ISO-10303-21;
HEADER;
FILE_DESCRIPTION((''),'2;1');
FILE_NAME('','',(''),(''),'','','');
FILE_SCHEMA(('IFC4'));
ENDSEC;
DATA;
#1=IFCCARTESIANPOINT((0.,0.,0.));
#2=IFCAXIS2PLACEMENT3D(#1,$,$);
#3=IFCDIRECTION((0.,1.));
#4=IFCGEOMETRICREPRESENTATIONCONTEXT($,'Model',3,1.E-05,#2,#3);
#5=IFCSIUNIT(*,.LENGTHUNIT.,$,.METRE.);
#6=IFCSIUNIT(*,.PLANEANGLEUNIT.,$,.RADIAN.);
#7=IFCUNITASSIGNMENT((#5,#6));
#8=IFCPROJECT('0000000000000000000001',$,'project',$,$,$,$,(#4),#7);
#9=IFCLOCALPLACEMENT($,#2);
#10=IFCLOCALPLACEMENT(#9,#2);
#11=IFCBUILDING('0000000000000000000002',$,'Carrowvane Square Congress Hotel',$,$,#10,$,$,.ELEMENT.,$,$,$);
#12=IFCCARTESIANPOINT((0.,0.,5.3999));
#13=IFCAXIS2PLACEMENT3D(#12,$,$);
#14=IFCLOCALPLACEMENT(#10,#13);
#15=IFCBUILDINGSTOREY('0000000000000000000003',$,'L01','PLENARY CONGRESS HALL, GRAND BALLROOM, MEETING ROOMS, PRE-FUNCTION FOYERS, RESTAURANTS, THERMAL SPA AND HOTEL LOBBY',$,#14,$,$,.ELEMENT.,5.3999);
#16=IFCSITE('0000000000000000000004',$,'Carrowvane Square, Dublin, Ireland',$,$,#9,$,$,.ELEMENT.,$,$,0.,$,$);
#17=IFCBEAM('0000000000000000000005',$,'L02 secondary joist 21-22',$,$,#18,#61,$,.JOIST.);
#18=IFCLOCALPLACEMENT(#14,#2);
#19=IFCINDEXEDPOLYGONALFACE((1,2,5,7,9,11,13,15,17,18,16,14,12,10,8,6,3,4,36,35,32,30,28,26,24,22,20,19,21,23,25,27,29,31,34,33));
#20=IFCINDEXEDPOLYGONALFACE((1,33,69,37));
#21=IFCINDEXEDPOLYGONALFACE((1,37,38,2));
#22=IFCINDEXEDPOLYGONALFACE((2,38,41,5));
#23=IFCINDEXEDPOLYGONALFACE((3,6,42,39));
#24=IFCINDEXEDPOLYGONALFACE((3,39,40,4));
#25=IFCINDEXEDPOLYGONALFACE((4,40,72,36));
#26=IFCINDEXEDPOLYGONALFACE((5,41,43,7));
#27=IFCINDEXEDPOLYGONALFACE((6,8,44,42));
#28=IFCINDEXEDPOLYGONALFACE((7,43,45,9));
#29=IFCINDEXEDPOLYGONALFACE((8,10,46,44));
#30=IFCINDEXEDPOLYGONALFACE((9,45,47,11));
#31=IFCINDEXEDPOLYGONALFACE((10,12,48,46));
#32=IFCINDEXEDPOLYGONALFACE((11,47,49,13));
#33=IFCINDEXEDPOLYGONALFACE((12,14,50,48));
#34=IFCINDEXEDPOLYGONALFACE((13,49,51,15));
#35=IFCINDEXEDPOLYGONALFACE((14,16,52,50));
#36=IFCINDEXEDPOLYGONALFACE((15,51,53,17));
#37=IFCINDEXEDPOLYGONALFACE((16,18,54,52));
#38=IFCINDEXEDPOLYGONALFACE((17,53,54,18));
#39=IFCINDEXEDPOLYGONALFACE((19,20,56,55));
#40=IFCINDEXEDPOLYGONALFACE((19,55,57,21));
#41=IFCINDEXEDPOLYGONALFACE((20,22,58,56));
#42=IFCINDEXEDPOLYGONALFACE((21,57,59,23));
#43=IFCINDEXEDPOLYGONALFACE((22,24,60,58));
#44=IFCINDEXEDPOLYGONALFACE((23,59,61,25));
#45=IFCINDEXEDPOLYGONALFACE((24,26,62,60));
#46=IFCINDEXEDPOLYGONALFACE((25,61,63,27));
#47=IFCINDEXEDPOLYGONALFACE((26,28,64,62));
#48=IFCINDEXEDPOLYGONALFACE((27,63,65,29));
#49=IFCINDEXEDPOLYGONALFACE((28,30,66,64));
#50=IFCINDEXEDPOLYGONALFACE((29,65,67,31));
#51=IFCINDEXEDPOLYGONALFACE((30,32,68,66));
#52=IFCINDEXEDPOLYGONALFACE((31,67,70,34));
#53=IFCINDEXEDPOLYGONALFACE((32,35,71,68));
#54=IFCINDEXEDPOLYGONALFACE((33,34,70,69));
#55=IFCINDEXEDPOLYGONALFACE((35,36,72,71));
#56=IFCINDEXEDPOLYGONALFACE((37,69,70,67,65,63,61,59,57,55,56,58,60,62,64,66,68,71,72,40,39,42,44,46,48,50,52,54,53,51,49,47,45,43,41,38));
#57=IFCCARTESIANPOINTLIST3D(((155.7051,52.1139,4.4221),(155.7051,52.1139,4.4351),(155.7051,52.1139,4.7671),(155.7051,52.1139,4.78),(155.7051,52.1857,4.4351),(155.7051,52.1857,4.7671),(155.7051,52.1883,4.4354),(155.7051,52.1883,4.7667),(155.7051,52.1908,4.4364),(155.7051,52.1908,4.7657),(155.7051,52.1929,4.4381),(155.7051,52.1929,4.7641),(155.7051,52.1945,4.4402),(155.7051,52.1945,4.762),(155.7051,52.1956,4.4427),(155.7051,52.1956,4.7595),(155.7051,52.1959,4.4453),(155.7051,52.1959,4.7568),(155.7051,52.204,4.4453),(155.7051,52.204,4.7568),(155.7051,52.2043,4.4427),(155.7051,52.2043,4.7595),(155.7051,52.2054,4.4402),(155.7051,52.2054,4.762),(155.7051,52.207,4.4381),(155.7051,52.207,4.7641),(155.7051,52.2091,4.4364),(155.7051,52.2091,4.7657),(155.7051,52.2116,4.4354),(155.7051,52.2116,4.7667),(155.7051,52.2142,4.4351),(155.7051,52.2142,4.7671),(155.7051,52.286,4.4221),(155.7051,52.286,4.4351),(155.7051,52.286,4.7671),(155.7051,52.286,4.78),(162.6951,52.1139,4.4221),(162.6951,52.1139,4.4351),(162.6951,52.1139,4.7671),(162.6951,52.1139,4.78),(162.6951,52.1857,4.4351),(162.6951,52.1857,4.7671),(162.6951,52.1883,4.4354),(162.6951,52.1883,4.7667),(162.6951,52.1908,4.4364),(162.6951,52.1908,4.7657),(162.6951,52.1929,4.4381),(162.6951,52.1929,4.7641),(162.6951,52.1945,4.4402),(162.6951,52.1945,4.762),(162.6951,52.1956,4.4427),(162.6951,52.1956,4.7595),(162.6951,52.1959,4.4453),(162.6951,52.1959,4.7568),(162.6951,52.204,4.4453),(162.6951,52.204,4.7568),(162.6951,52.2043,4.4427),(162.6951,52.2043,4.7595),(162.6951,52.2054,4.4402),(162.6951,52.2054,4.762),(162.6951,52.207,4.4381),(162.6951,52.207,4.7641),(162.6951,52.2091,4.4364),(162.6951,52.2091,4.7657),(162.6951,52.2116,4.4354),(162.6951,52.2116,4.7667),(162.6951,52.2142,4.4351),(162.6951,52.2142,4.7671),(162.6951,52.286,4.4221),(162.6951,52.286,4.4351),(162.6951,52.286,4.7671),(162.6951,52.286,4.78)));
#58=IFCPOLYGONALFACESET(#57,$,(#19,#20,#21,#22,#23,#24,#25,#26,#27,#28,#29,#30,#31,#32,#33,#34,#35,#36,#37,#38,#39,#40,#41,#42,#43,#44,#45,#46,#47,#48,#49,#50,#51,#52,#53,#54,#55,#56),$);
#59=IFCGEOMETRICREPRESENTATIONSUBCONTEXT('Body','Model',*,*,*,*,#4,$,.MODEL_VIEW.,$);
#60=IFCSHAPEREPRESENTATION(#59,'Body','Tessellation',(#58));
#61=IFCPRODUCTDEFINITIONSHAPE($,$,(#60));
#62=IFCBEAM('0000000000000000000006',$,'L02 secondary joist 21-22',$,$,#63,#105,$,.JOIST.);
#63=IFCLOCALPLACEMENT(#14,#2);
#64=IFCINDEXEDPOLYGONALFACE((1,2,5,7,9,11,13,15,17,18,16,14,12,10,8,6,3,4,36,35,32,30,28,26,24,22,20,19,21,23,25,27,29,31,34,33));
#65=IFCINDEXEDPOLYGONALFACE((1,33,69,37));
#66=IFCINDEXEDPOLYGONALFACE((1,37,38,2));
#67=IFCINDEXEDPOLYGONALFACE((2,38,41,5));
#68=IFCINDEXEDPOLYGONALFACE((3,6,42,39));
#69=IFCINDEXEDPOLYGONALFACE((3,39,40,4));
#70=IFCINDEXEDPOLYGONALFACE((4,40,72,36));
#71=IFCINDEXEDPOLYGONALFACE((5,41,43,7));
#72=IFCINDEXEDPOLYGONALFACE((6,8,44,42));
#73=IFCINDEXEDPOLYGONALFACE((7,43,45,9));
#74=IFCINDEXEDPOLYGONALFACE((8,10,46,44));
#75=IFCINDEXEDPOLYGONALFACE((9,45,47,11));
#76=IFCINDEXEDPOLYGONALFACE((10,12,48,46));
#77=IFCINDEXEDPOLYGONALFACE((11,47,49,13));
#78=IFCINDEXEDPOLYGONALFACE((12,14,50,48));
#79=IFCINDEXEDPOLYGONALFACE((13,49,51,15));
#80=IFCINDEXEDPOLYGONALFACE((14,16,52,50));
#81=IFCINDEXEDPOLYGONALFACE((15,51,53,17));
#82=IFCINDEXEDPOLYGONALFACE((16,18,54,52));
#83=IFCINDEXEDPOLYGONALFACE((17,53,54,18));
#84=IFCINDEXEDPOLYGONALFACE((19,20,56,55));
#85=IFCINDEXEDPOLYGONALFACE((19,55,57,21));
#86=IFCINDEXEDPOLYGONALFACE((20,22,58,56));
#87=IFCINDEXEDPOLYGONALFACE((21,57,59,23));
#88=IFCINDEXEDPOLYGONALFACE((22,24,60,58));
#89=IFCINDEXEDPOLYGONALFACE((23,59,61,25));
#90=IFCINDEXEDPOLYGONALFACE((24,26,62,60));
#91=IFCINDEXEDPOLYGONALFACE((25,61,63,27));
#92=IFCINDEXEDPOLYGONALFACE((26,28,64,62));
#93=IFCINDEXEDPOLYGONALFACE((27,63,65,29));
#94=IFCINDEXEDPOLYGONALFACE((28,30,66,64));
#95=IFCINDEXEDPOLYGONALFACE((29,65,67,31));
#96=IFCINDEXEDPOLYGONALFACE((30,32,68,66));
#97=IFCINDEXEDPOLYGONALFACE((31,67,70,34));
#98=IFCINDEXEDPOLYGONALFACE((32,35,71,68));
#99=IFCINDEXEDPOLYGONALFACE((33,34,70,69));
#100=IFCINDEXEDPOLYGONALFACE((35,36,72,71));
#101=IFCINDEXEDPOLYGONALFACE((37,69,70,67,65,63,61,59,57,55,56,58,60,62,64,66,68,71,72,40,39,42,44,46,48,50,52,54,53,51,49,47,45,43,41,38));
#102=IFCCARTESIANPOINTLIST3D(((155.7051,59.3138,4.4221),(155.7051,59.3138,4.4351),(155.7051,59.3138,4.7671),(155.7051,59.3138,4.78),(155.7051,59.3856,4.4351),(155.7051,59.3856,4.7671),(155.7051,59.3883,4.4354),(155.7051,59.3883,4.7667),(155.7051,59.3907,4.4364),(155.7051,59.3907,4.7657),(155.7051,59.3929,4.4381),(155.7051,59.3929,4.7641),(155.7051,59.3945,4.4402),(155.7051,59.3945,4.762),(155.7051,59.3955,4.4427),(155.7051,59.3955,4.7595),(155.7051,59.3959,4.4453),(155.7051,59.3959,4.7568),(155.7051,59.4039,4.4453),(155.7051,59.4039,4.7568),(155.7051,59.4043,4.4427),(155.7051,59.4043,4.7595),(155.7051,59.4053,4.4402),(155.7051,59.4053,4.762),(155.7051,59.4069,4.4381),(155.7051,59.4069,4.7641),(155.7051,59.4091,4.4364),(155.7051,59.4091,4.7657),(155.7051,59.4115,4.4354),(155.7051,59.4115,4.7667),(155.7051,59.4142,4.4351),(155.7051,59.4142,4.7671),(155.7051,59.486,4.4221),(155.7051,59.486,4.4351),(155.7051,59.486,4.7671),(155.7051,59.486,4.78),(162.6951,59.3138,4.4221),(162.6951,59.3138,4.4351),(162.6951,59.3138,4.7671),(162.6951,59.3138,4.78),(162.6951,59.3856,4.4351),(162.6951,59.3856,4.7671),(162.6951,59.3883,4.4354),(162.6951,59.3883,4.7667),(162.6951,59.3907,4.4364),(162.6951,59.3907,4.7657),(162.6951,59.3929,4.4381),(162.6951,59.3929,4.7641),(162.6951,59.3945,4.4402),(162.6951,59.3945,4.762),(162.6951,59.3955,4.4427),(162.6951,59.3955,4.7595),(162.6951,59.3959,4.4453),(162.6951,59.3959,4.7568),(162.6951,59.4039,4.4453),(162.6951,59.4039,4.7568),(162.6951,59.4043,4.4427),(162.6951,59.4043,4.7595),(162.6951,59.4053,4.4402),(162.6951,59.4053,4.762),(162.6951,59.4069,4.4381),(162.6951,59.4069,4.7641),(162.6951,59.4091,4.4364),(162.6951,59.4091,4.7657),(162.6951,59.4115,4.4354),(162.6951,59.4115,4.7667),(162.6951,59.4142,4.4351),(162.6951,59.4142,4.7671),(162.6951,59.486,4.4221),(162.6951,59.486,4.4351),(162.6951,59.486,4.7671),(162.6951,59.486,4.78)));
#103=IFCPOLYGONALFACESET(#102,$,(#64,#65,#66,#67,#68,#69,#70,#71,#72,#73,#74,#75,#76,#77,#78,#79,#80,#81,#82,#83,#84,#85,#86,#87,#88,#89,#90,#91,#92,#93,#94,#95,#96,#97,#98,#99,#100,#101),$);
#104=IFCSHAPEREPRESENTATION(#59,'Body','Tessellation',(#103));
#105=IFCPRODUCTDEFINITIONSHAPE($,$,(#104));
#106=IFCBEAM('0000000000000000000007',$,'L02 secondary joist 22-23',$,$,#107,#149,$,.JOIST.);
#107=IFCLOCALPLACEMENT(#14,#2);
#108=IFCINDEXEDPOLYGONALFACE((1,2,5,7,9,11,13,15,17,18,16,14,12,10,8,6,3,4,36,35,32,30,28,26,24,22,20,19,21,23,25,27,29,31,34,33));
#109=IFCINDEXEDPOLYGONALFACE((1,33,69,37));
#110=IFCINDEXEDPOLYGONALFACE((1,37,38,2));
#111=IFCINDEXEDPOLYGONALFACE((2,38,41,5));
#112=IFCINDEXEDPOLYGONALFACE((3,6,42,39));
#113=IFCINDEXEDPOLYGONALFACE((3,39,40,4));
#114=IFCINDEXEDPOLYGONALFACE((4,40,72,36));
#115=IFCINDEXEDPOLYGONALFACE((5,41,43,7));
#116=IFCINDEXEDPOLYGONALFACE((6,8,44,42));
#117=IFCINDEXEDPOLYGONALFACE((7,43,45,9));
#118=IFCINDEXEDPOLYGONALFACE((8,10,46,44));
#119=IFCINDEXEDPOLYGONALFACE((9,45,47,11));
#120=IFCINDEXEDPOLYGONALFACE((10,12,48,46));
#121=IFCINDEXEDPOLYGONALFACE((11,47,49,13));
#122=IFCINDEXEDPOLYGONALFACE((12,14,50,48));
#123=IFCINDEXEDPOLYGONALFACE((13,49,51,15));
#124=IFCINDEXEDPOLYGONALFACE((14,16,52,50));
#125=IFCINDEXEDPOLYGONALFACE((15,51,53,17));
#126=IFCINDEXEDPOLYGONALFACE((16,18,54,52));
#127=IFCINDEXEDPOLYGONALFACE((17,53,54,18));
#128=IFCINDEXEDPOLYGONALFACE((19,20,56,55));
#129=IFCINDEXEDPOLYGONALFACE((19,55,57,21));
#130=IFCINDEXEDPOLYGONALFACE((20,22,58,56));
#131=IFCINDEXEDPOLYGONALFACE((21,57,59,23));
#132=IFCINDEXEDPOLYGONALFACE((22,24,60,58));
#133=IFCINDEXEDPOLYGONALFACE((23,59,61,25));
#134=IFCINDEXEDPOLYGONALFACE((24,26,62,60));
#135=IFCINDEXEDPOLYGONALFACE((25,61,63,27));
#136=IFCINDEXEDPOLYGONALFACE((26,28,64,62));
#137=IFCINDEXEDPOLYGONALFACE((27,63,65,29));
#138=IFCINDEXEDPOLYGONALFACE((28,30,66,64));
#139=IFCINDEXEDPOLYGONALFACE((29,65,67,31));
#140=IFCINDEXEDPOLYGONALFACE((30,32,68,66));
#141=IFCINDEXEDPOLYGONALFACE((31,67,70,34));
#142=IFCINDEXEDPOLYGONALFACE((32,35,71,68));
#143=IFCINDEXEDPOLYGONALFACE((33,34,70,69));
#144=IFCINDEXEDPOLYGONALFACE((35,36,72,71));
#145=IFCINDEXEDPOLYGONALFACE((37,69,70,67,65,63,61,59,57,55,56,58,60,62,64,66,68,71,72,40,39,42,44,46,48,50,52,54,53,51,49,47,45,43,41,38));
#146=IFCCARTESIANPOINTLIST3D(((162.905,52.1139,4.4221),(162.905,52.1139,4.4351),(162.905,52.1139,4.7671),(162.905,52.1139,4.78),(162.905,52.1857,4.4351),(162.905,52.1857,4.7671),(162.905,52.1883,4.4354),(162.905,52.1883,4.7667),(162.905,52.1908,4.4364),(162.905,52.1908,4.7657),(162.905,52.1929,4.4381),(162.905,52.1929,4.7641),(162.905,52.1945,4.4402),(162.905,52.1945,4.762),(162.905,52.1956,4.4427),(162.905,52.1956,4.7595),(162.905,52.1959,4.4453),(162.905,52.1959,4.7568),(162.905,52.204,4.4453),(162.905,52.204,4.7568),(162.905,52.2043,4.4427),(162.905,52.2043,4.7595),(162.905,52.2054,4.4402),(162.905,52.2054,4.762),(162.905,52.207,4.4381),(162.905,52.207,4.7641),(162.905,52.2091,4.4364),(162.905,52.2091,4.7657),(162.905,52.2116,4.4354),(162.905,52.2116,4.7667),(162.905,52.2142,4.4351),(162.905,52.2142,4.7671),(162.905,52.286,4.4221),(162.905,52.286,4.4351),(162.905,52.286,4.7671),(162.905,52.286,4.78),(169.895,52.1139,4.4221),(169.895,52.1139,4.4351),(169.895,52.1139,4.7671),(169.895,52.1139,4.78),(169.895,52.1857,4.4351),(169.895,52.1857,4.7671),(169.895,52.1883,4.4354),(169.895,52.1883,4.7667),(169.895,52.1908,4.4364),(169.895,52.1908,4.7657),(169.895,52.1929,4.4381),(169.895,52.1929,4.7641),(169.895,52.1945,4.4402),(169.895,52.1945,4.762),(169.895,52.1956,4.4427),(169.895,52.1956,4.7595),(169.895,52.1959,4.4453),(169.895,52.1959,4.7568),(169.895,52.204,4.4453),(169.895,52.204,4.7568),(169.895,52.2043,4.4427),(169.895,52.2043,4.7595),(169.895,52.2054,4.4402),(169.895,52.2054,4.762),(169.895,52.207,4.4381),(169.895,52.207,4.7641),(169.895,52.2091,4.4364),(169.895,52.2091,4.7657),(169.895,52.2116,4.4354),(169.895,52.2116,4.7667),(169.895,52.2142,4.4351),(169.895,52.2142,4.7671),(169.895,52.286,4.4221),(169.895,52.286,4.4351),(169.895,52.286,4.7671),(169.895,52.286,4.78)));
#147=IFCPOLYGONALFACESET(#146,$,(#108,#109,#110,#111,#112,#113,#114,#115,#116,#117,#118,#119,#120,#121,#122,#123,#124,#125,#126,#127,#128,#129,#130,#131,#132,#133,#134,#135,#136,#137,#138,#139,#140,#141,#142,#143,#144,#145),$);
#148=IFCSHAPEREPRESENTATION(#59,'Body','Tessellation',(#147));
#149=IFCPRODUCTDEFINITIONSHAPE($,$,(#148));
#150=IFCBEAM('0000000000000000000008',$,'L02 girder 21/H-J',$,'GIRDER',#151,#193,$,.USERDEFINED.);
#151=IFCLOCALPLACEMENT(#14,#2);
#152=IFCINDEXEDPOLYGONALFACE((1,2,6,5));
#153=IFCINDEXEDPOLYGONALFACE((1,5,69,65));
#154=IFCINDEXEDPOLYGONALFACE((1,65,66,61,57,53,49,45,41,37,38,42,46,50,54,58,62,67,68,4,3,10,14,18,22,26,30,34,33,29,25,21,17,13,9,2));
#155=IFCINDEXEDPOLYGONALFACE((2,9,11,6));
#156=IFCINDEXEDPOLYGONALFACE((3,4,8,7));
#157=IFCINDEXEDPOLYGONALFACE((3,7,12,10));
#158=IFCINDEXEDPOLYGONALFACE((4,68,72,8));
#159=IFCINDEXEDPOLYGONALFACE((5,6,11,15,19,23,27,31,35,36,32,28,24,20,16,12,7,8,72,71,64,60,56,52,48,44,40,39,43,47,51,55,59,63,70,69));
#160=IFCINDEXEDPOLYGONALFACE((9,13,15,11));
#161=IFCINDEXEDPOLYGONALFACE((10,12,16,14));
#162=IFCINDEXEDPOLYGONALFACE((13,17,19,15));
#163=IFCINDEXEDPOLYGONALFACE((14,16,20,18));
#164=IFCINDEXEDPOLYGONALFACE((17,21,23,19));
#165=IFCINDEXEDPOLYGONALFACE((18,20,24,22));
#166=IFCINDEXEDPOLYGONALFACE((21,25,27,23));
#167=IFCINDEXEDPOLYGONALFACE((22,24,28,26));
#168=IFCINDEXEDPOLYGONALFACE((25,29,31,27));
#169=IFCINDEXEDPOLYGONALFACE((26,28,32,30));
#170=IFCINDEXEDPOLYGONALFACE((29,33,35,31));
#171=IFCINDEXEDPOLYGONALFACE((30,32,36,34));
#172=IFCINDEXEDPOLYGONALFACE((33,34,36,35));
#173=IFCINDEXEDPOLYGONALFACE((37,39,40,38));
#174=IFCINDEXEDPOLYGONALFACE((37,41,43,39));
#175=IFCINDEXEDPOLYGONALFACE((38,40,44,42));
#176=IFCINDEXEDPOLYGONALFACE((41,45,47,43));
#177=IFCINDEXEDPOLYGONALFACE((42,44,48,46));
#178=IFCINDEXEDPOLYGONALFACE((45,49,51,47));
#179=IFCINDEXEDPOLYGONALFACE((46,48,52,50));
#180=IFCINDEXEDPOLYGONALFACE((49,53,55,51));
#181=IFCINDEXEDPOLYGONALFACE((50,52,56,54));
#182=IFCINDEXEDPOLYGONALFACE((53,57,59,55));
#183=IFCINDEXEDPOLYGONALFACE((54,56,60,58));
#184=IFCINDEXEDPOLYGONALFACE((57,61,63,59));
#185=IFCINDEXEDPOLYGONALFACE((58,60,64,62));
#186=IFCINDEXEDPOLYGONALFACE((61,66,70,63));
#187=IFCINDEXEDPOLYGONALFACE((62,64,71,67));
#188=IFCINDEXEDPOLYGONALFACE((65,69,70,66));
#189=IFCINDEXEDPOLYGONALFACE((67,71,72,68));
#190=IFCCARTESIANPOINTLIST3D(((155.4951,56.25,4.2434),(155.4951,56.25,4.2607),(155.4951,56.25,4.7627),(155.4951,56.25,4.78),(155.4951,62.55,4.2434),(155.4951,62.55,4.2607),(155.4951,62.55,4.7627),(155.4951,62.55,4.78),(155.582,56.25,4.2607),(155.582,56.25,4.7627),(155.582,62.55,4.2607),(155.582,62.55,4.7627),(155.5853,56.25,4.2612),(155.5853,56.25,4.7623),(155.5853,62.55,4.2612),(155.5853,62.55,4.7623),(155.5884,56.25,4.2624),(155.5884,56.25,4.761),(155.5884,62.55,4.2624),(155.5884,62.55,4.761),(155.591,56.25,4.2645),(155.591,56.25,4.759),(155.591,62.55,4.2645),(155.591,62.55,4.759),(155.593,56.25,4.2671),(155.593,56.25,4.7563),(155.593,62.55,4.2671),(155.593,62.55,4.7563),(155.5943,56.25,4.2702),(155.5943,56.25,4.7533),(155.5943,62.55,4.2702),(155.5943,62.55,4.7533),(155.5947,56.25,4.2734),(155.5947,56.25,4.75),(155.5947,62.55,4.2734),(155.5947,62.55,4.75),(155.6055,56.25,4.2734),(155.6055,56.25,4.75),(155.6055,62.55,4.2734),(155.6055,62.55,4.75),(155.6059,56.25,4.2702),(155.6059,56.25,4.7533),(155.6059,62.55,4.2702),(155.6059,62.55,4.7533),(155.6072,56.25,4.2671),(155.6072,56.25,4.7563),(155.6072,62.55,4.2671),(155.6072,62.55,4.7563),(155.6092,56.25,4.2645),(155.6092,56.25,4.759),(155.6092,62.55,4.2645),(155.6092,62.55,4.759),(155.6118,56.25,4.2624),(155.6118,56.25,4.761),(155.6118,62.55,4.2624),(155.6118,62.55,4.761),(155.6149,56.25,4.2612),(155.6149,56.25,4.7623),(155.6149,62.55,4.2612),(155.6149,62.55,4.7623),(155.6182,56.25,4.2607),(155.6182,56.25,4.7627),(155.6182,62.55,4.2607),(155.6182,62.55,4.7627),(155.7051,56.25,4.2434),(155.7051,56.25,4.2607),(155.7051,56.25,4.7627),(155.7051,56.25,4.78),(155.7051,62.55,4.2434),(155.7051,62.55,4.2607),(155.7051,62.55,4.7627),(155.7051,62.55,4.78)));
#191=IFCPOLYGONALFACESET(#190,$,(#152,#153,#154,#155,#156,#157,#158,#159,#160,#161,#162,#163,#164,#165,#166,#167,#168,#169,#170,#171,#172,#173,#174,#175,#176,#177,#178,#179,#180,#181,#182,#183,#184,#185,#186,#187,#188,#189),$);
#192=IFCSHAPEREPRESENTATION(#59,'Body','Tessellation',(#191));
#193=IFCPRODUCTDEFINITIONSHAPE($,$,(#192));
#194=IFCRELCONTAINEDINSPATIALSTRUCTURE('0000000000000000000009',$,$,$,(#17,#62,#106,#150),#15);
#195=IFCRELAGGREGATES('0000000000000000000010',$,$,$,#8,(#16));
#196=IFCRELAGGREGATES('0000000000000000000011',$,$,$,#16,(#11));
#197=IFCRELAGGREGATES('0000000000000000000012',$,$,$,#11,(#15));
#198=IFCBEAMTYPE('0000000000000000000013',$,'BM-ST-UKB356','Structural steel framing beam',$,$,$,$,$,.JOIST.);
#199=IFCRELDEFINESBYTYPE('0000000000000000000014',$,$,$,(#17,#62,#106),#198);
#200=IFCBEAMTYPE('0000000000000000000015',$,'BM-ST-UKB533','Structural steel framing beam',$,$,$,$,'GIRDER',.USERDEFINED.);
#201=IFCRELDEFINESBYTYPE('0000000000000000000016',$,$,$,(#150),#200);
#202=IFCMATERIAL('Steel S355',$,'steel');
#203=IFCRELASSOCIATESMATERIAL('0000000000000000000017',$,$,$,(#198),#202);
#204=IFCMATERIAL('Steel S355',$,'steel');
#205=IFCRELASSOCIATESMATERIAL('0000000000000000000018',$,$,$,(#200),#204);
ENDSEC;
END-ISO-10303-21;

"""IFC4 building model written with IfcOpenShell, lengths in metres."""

from ifc_helpers import new_model, si_unit, direction, frame, origin, origin_2d, place, context, subcontext, project, spatial, i_section, extrude, material, material_profile, profile_set, type_object, element, save


model = new_model("IFC4")

# Units and contexts
model_context = context("Model", 3, precision=1e-05, world=origin(), true_north=direction((0.0, 1.0)))
body_context = subcontext(model_context, "Body", "Model", "MODEL_VIEW")
ifc_project = project(units=[si_unit("LENGTHUNIT", "METRE"), si_unit("PLANEANGLEUNIT", "RADIAN")], contexts=[model_context])

# Site, building, storey
site_placement = place(None, origin())
site = spatial("IfcSite", under=ifc_project, at=site_placement, Name="Carrowvane Square, Dublin, Ireland", CompositionType="ELEMENT", RefElevation=0.0)
building_placement = place(site_placement, origin())
building = spatial("IfcBuilding", under=site, at=building_placement, Name="Carrowvane Square Congress Hotel", CompositionType="ELEMENT")
storey_placement = place(building_placement, frame((0.0, 0.0, 5.3999)))
storey = spatial("IfcBuildingStorey", under=building, at=storey_placement, Name="L01", Description="PLENARY CONGRESS HALL, GRAND BALLROOM, MEETING ROOMS, PRE-FUNCTION FOYERS, RESTAURANTS, THERMAL SPA AND HOTEL LOBBY", CompositionType="ELEMENT", Elevation=5.3999)

# Beams
ifc_material_1 = material(Name="Steel S355", Category="steel")
ifc_material_profile_1 = material_profile(ifc_material_1, i_section(OverallWidth=0.1721, OverallDepth=0.3579, WebThickness=0.0081, FlangeThickness=0.0129, FilletRadius=0.0103, at=origin_2d()), Name="UKB 356x171x57")
ifc_profile_set_1 = profile_set([ifc_material_profile_1], Name="Steel S355")
beam_type_1 = type_object("IfcBeamType", Name="BM-ST-UKB356", Description="Structural steel framing beam", PredefinedType="JOIST", material=ifc_profile_set_1)
for number, where, z_axis, x_axis, name in (
    (1, (155.7051, 52.2, 4.6011), (1.0, 0.0, 0.0), (0.0, 1.0, 0.0), "L02 secondary joist 21-22"),
    (2, (155.7051, 59.3999, 4.6011), (1.0, 0.0, 0.0), (0.0, 1.0, 0.0), "L02 secondary joist 21-22"),
    (3, (162.905, 52.2, 4.6011), (1.0, 0.0, 0.0), (0.0, 1.0, 0.0), "L02 secondary joist 22-23"),
):
    element("IfcBeam", number, at=place(storey_placement, frame(where, z_axis=z_axis, x_axis=x_axis)), inside=storey, type_object=beam_type_1, Name=name, PredefinedType="JOIST", context=body_context, shape_type="SweptSolid", body=[
        extrude(i_section(OverallWidth=0.1721, OverallDepth=0.3579, WebThickness=0.0081, FlangeThickness=0.0129, FilletRadius=0.0103, at=origin_2d()), origin(), (0.0, 0.0, 1.0), 6.99),
    ])
ifc_material_2 = material(Name="Steel S355", Category="steel")
ifc_material_profile_2 = material_profile(ifc_material_2, i_section(OverallWidth=0.21, OverallDepth=0.5366, WebThickness=0.0107, FlangeThickness=0.0173, FilletRadius=0.0127, at=origin_2d()), Name="UKB 533x210x101")
ifc_profile_set_2 = profile_set([ifc_material_profile_2], Name="Steel S355")
beam_type_2 = type_object("IfcBeamType", Name="BM-ST-UKB533", Description="Structural steel framing beam", ElementType="GIRDER", PredefinedType="USERDEFINED", material=ifc_profile_set_2)
for number, where, z_axis, x_axis, name in (
    (4, (155.6001, 56.25, 4.5117), (0.0, 1.0, 0.0), (-1.0, 0.0, 0.0), "L02 girder 21/H-J"),
):
    element("IfcBeam", number, at=place(storey_placement, frame(where, z_axis=z_axis, x_axis=x_axis)), inside=storey, type_object=beam_type_2, Name=name, ObjectType="GIRDER", PredefinedType="USERDEFINED", context=body_context, shape_type="SweptSolid", body=[
        extrude(i_section(OverallWidth=0.21, OverallDepth=0.5366, WebThickness=0.0107, FlangeThickness=0.0173, FilletRadius=0.0127, at=origin_2d()), origin(), (0.0, 0.0, 1.0), 6.3),
    ])

save(model, "model.ifc")
